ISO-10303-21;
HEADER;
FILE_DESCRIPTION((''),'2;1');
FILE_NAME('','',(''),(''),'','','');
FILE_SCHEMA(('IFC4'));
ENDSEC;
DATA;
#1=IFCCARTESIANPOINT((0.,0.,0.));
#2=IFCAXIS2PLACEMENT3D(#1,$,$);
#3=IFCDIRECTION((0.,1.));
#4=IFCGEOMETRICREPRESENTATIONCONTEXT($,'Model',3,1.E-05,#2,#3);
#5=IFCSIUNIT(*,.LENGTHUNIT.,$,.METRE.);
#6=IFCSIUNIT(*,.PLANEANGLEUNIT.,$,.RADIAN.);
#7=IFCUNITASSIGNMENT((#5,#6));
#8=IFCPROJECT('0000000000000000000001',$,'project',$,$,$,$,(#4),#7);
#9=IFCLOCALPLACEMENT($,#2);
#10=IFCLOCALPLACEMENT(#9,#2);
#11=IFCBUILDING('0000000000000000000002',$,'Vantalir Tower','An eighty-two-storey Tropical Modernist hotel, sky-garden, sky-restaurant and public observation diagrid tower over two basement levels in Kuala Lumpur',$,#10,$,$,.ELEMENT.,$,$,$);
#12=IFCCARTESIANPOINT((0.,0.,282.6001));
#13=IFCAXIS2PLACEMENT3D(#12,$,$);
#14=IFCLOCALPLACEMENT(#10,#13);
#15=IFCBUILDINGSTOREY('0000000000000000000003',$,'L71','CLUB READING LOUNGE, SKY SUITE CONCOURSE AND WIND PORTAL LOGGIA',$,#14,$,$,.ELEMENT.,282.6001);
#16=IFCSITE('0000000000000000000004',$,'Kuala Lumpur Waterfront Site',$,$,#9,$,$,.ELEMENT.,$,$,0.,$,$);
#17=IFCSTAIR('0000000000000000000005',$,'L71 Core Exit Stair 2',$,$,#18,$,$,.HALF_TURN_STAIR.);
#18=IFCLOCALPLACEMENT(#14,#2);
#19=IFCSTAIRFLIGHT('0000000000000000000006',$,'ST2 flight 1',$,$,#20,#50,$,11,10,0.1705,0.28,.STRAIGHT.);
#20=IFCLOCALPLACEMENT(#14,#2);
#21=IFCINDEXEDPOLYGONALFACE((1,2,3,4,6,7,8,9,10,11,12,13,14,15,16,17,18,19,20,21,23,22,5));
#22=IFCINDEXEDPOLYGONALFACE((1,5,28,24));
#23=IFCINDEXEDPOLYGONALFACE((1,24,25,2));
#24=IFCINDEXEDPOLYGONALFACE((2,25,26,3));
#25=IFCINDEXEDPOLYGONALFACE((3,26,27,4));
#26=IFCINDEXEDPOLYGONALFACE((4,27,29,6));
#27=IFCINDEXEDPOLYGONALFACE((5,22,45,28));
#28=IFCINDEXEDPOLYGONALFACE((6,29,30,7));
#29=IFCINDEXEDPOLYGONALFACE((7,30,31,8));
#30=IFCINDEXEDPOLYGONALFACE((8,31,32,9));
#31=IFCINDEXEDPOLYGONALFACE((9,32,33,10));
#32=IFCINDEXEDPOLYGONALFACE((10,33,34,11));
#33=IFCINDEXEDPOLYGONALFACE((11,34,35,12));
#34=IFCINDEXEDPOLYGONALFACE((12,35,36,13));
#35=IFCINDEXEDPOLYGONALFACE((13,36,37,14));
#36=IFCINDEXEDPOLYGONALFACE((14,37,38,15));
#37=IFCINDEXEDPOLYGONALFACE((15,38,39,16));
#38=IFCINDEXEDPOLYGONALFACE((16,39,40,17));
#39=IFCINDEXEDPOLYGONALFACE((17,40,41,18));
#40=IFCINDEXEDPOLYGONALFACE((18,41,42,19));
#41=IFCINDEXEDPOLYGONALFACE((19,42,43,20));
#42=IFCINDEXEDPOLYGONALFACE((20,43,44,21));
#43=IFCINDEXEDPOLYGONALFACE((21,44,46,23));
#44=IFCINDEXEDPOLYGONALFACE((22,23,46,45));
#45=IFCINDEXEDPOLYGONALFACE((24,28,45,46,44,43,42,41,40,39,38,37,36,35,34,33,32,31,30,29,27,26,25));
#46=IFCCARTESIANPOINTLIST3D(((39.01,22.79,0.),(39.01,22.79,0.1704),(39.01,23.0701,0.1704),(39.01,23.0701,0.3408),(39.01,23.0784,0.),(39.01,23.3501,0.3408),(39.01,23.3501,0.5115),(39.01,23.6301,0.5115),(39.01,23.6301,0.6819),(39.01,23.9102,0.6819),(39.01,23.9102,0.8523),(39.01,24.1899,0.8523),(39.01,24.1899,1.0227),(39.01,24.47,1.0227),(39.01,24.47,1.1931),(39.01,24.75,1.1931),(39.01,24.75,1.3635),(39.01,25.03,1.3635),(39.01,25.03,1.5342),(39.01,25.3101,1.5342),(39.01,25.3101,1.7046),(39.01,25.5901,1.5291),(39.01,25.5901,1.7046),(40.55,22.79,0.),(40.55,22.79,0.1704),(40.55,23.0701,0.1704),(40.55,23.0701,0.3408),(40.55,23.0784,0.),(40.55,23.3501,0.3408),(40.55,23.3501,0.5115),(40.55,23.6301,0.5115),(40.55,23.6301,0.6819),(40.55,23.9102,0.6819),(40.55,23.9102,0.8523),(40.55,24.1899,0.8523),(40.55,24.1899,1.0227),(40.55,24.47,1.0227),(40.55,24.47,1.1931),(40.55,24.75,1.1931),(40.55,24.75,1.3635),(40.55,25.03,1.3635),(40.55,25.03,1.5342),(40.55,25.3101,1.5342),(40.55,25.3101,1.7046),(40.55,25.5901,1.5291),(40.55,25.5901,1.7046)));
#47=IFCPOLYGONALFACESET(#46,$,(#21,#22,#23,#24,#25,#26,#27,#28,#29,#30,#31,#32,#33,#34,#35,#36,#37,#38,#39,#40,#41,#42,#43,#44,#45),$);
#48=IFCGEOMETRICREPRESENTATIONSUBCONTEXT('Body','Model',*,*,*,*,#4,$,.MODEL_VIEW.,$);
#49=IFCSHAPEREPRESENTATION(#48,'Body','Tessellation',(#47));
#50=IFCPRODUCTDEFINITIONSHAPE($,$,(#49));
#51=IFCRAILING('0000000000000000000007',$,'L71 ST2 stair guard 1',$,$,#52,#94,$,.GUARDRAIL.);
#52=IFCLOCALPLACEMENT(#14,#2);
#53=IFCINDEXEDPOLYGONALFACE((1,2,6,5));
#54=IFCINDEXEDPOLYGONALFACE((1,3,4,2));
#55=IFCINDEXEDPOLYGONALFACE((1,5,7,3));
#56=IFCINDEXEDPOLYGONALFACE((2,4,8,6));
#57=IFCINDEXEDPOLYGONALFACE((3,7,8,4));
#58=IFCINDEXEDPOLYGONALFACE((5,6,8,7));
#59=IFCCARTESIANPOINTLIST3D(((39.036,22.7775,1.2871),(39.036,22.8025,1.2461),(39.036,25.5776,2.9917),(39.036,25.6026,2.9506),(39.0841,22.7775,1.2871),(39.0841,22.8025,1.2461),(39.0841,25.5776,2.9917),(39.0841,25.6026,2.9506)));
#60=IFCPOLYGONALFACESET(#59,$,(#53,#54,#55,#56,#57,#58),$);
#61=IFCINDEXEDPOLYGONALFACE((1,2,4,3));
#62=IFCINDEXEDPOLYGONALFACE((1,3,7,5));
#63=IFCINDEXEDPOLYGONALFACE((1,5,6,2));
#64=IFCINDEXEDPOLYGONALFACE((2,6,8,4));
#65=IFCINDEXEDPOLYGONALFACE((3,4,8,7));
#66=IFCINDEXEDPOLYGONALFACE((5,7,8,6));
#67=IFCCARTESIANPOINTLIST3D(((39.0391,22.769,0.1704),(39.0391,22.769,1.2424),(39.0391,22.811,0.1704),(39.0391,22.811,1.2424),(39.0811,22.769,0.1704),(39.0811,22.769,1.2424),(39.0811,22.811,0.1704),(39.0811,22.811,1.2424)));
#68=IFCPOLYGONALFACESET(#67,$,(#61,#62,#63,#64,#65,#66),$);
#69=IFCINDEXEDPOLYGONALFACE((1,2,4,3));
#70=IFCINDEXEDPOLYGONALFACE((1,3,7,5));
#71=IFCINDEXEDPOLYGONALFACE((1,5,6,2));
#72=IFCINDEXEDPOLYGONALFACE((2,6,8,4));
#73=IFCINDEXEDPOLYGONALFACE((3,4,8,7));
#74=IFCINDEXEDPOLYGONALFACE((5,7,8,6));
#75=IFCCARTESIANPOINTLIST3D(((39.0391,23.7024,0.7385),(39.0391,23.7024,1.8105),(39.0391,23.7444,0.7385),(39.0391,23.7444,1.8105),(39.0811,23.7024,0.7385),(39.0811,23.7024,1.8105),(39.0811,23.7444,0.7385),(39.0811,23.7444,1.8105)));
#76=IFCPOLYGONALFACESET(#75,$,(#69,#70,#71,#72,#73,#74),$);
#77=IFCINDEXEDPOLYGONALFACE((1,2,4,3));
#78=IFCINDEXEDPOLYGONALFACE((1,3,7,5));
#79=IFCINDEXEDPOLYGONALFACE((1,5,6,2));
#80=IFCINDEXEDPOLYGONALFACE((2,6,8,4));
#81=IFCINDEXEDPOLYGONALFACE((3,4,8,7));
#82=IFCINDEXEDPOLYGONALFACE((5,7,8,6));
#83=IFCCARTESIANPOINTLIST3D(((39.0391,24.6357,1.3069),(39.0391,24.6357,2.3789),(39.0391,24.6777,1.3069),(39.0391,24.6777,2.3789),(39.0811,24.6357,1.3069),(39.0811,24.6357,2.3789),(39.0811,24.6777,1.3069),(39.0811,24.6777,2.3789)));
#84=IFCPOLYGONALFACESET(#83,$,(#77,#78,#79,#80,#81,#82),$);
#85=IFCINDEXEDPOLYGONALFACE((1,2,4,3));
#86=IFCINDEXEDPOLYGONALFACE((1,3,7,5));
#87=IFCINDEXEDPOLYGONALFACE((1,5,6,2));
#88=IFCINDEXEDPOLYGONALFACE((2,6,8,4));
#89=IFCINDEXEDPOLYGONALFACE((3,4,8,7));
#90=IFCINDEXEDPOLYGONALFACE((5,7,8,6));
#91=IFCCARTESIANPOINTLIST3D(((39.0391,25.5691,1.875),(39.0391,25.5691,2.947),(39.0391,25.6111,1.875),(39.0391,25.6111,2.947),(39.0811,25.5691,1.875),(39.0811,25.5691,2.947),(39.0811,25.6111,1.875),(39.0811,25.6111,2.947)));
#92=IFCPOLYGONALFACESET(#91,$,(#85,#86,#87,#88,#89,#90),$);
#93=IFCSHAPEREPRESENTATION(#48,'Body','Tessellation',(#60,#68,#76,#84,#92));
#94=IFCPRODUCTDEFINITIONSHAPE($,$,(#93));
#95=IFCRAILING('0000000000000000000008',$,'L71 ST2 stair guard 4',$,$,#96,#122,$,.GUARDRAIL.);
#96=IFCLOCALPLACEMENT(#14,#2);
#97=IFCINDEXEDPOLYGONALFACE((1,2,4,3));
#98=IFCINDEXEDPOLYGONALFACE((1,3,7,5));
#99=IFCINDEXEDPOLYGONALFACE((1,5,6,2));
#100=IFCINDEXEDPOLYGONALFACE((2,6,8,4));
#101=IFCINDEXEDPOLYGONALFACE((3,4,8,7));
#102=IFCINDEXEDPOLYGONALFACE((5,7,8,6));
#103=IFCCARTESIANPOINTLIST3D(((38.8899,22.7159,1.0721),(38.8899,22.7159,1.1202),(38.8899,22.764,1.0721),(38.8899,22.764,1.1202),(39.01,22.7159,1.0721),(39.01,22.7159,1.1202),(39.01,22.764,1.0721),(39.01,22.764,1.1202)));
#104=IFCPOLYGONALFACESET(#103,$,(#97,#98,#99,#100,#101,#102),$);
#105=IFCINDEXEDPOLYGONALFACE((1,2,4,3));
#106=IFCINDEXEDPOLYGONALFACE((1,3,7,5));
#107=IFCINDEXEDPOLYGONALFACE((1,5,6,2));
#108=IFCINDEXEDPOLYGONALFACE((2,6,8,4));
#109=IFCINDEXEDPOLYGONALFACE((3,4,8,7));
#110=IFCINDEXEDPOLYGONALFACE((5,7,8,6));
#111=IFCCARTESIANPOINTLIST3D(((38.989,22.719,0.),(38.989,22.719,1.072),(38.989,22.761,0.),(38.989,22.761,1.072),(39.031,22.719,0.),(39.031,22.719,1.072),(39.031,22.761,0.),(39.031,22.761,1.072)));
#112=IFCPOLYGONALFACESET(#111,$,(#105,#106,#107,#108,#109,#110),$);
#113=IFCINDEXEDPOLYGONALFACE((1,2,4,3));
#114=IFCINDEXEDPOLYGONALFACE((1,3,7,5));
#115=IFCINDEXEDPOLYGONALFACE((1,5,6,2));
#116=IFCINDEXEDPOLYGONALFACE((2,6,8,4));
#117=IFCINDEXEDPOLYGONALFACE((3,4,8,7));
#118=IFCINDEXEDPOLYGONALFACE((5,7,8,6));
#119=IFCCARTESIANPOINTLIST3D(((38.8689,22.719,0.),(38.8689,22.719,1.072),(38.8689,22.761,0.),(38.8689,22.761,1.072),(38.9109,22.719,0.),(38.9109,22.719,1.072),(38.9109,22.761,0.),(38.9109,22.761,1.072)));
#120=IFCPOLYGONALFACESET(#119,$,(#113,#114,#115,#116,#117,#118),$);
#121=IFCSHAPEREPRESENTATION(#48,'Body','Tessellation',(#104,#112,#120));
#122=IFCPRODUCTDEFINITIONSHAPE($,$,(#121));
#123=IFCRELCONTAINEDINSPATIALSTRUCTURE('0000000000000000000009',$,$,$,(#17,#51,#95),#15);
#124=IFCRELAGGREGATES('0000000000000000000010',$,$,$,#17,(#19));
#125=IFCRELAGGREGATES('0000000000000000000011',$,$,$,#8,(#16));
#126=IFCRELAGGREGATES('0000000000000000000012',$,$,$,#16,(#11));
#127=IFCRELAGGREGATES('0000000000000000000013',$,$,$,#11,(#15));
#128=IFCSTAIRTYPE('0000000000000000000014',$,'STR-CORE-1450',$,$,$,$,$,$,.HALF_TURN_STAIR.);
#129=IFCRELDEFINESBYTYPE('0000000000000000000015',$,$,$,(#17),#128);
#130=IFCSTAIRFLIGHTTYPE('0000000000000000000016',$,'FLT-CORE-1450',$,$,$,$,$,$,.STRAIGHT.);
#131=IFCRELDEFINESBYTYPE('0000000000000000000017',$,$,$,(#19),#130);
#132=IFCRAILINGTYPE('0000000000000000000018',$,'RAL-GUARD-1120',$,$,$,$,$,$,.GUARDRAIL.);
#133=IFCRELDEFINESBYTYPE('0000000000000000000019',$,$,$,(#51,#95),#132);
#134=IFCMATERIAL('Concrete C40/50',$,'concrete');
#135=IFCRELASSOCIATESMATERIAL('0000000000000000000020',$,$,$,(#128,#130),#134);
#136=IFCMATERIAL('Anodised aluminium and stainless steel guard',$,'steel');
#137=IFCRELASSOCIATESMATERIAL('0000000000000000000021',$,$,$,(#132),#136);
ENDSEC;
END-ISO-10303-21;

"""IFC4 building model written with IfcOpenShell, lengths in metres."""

from ifc_helpers import new_model, si_unit, direction, frame, origin, origin_2d, place, context, subcontext, project, spatial, polyline, rectangle, outline, extrude, material, type_object, element, aggregate, save


model = new_model("IFC4")

# Units and contexts
model_context = context("Model", 3, precision=1e-05, world=origin(), true_north=direction((0.0, 1.0)))
body_context = subcontext(model_context, "Body", "Model", "MODEL_VIEW")
ifc_project = project(units=[si_unit("LENGTHUNIT", "METRE"), si_unit("PLANEANGLEUNIT", "RADIAN")], contexts=[model_context])

# Site, building, storey
site_placement = place(None, origin())
site = spatial("IfcSite", under=ifc_project, at=site_placement, Name="Kuala Lumpur Waterfront Site", CompositionType="ELEMENT", RefElevation=0.0)
building_placement = place(site_placement, origin())
building = spatial("IfcBuilding", under=site, at=building_placement, Name="Vantalir Tower", Description="An eighty-two-storey Tropical Modernist hotel, sky-garden, sky-restaurant and public observation diagrid tower over two basement levels in Kuala Lumpur", CompositionType="ELEMENT")
storey_placement = place(building_placement, frame((0.0, 0.0, 282.6001)))
storey = spatial("IfcBuildingStorey", under=building, at=storey_placement, Name="L71", Description="CLUB READING LOUNGE, SKY SUITE CONCOURSE AND WIND PORTAL LOGGIA", CompositionType="ELEMENT", Elevation=282.6001)

# Stair, stair flight
ifc_material_1 = material(Name="Concrete C40/50", Category="concrete")
stair_type = type_object("IfcStairType", Name="STR-CORE-1450", PredefinedType="HALF_TURN_STAIR", material=ifc_material_1)
stair_placement = place(storey_placement, origin())
stair = element("IfcStair", 1, at=stair_placement, inside=storey, type_object=stair_type, Name="L71 Core Exit Stair 2", PredefinedType="HALF_TURN_STAIR")
stair_flight_type = type_object("IfcStairFlightType", Name="FLT-CORE-1450", PredefinedType="STRAIGHT", material=ifc_material_1)
stair_flight_placement = place(storey_placement, frame((39.78, 22.79, 0.0), z_axis=(0.0, 0.0, 1.0), x_axis=(0.0, 1.0, 0.0)))
stair_flight = element("IfcStairFlight", 2, at=stair_flight_placement, type_object=stair_flight_type, Name="ST2 flight 1", NumberOfRisers=11, NumberOfTreads=10, PredefinedType="STRAIGHT", RiserHeight=0.1705, TreadLength=0.28, context=body_context, shape_type="SweptSolid", body=[
    extrude(outline(polyline([(0.0, 0.0), (0.0, 0.1704), (0.28, 0.1704), (0.28, 0.3408), (0.5601, 0.3408), (0.5601, 0.5115), (0.8401, 0.5115), (0.8401, 0.6819), (1.1201, 0.6819), (1.1201, 0.8523), (1.3999, 0.8523), (1.3999, 1.0227), (1.6799, 1.0227), (1.6799, 1.1931), (1.96, 1.1931), (1.96, 1.3635), (2.24, 1.3635), (2.24, 1.5342), (2.52, 1.5342), (2.52, 1.7046), (2.8, 1.7046), (2.8, 1.875), (2.8, 1.5291), (0.2883, 0.0), (0.0, 0.0)])), frame((0.0, 0.77, 0.0), z_axis=(0.0, -1.0, 0.0), x_axis=(1.0, 0.0, 0.0)), (0.0, 0.0, 1.0), 1.54),
])
aggregate(stair, [stair_flight])

# Railings
ifc_material_2 = material(Name="Anodised aluminium and stainless steel guard", Category="steel")
railing_type = type_object("IfcRailingType", Name="RAL-GUARD-1120", PredefinedType="GUARDRAIL", material=ifc_material_2)
railing_1_placement = place(storey_placement, frame((39.0601, 22.79, 0.1704)))
element("IfcRailing", 3, at=railing_1_placement, inside=storey, type_object=railing_type, Name="L71 ST2 stair guard 1", PredefinedType="GUARDRAIL", context=body_context, shape_type="SweptSolid", body=[
    extrude(rectangle(XDim=0.0481, YDim=0.0481, at=origin_2d()), frame((0.0, 0.0, 1.0962), z_axis=(0.0, 0.85417, 0.519994), x_axis=(-1.0, 0.0, 0.0)), (0.0, 0.0, 1.0), 3.2781),
    extrude(rectangle(XDim=0.042, YDim=0.042, at=origin_2d()), origin(), (0.0, 0.0, 1.0), 1.072),
    extrude(rectangle(XDim=0.042, YDim=0.042, at=origin_2d()), frame((0.0, 0.9333, 0.5681)), (0.0, 0.0, 1.0), 1.072),
    extrude(rectangle(XDim=0.042, YDim=0.042, at=origin_2d()), frame((0.0, 1.8667, 1.1365)), (0.0, 0.0, 1.0), 1.072),
    extrude(rectangle(XDim=0.042, YDim=0.042, at=origin_2d()), frame((0.0, 2.8, 1.7046)), (0.0, 0.0, 1.0), 1.072),
])
railing_2_placement = place(storey_placement, frame((39.01, 22.74, 0.0)))
element("IfcRailing", 4, at=railing_2_placement, inside=storey, type_object=railing_type, Name="L71 ST2 stair guard 4", PredefinedType="GUARDRAIL", context=body_context, shape_type="SweptSolid", body=[
    extrude(rectangle(XDim=0.0481, YDim=0.0481, at=origin_2d()), frame((0.0, 0.0, 1.0962), z_axis=(-1.0, 0.0, 0.0), x_axis=(0.0, -1.0, 0.0)), (0.0, 0.0, 1.0), 0.1201),
    extrude(rectangle(XDim=0.042, YDim=0.042, at=origin_2d()), origin(), (0.0, 0.0, 1.0), 1.072),
    extrude(rectangle(XDim=0.042, YDim=0.042, at=origin_2d()), frame((-0.1201, 0.0, 0.0)), (0.0, 0.0, 1.0), 1.072),
])

save(model, "model.ifc")
